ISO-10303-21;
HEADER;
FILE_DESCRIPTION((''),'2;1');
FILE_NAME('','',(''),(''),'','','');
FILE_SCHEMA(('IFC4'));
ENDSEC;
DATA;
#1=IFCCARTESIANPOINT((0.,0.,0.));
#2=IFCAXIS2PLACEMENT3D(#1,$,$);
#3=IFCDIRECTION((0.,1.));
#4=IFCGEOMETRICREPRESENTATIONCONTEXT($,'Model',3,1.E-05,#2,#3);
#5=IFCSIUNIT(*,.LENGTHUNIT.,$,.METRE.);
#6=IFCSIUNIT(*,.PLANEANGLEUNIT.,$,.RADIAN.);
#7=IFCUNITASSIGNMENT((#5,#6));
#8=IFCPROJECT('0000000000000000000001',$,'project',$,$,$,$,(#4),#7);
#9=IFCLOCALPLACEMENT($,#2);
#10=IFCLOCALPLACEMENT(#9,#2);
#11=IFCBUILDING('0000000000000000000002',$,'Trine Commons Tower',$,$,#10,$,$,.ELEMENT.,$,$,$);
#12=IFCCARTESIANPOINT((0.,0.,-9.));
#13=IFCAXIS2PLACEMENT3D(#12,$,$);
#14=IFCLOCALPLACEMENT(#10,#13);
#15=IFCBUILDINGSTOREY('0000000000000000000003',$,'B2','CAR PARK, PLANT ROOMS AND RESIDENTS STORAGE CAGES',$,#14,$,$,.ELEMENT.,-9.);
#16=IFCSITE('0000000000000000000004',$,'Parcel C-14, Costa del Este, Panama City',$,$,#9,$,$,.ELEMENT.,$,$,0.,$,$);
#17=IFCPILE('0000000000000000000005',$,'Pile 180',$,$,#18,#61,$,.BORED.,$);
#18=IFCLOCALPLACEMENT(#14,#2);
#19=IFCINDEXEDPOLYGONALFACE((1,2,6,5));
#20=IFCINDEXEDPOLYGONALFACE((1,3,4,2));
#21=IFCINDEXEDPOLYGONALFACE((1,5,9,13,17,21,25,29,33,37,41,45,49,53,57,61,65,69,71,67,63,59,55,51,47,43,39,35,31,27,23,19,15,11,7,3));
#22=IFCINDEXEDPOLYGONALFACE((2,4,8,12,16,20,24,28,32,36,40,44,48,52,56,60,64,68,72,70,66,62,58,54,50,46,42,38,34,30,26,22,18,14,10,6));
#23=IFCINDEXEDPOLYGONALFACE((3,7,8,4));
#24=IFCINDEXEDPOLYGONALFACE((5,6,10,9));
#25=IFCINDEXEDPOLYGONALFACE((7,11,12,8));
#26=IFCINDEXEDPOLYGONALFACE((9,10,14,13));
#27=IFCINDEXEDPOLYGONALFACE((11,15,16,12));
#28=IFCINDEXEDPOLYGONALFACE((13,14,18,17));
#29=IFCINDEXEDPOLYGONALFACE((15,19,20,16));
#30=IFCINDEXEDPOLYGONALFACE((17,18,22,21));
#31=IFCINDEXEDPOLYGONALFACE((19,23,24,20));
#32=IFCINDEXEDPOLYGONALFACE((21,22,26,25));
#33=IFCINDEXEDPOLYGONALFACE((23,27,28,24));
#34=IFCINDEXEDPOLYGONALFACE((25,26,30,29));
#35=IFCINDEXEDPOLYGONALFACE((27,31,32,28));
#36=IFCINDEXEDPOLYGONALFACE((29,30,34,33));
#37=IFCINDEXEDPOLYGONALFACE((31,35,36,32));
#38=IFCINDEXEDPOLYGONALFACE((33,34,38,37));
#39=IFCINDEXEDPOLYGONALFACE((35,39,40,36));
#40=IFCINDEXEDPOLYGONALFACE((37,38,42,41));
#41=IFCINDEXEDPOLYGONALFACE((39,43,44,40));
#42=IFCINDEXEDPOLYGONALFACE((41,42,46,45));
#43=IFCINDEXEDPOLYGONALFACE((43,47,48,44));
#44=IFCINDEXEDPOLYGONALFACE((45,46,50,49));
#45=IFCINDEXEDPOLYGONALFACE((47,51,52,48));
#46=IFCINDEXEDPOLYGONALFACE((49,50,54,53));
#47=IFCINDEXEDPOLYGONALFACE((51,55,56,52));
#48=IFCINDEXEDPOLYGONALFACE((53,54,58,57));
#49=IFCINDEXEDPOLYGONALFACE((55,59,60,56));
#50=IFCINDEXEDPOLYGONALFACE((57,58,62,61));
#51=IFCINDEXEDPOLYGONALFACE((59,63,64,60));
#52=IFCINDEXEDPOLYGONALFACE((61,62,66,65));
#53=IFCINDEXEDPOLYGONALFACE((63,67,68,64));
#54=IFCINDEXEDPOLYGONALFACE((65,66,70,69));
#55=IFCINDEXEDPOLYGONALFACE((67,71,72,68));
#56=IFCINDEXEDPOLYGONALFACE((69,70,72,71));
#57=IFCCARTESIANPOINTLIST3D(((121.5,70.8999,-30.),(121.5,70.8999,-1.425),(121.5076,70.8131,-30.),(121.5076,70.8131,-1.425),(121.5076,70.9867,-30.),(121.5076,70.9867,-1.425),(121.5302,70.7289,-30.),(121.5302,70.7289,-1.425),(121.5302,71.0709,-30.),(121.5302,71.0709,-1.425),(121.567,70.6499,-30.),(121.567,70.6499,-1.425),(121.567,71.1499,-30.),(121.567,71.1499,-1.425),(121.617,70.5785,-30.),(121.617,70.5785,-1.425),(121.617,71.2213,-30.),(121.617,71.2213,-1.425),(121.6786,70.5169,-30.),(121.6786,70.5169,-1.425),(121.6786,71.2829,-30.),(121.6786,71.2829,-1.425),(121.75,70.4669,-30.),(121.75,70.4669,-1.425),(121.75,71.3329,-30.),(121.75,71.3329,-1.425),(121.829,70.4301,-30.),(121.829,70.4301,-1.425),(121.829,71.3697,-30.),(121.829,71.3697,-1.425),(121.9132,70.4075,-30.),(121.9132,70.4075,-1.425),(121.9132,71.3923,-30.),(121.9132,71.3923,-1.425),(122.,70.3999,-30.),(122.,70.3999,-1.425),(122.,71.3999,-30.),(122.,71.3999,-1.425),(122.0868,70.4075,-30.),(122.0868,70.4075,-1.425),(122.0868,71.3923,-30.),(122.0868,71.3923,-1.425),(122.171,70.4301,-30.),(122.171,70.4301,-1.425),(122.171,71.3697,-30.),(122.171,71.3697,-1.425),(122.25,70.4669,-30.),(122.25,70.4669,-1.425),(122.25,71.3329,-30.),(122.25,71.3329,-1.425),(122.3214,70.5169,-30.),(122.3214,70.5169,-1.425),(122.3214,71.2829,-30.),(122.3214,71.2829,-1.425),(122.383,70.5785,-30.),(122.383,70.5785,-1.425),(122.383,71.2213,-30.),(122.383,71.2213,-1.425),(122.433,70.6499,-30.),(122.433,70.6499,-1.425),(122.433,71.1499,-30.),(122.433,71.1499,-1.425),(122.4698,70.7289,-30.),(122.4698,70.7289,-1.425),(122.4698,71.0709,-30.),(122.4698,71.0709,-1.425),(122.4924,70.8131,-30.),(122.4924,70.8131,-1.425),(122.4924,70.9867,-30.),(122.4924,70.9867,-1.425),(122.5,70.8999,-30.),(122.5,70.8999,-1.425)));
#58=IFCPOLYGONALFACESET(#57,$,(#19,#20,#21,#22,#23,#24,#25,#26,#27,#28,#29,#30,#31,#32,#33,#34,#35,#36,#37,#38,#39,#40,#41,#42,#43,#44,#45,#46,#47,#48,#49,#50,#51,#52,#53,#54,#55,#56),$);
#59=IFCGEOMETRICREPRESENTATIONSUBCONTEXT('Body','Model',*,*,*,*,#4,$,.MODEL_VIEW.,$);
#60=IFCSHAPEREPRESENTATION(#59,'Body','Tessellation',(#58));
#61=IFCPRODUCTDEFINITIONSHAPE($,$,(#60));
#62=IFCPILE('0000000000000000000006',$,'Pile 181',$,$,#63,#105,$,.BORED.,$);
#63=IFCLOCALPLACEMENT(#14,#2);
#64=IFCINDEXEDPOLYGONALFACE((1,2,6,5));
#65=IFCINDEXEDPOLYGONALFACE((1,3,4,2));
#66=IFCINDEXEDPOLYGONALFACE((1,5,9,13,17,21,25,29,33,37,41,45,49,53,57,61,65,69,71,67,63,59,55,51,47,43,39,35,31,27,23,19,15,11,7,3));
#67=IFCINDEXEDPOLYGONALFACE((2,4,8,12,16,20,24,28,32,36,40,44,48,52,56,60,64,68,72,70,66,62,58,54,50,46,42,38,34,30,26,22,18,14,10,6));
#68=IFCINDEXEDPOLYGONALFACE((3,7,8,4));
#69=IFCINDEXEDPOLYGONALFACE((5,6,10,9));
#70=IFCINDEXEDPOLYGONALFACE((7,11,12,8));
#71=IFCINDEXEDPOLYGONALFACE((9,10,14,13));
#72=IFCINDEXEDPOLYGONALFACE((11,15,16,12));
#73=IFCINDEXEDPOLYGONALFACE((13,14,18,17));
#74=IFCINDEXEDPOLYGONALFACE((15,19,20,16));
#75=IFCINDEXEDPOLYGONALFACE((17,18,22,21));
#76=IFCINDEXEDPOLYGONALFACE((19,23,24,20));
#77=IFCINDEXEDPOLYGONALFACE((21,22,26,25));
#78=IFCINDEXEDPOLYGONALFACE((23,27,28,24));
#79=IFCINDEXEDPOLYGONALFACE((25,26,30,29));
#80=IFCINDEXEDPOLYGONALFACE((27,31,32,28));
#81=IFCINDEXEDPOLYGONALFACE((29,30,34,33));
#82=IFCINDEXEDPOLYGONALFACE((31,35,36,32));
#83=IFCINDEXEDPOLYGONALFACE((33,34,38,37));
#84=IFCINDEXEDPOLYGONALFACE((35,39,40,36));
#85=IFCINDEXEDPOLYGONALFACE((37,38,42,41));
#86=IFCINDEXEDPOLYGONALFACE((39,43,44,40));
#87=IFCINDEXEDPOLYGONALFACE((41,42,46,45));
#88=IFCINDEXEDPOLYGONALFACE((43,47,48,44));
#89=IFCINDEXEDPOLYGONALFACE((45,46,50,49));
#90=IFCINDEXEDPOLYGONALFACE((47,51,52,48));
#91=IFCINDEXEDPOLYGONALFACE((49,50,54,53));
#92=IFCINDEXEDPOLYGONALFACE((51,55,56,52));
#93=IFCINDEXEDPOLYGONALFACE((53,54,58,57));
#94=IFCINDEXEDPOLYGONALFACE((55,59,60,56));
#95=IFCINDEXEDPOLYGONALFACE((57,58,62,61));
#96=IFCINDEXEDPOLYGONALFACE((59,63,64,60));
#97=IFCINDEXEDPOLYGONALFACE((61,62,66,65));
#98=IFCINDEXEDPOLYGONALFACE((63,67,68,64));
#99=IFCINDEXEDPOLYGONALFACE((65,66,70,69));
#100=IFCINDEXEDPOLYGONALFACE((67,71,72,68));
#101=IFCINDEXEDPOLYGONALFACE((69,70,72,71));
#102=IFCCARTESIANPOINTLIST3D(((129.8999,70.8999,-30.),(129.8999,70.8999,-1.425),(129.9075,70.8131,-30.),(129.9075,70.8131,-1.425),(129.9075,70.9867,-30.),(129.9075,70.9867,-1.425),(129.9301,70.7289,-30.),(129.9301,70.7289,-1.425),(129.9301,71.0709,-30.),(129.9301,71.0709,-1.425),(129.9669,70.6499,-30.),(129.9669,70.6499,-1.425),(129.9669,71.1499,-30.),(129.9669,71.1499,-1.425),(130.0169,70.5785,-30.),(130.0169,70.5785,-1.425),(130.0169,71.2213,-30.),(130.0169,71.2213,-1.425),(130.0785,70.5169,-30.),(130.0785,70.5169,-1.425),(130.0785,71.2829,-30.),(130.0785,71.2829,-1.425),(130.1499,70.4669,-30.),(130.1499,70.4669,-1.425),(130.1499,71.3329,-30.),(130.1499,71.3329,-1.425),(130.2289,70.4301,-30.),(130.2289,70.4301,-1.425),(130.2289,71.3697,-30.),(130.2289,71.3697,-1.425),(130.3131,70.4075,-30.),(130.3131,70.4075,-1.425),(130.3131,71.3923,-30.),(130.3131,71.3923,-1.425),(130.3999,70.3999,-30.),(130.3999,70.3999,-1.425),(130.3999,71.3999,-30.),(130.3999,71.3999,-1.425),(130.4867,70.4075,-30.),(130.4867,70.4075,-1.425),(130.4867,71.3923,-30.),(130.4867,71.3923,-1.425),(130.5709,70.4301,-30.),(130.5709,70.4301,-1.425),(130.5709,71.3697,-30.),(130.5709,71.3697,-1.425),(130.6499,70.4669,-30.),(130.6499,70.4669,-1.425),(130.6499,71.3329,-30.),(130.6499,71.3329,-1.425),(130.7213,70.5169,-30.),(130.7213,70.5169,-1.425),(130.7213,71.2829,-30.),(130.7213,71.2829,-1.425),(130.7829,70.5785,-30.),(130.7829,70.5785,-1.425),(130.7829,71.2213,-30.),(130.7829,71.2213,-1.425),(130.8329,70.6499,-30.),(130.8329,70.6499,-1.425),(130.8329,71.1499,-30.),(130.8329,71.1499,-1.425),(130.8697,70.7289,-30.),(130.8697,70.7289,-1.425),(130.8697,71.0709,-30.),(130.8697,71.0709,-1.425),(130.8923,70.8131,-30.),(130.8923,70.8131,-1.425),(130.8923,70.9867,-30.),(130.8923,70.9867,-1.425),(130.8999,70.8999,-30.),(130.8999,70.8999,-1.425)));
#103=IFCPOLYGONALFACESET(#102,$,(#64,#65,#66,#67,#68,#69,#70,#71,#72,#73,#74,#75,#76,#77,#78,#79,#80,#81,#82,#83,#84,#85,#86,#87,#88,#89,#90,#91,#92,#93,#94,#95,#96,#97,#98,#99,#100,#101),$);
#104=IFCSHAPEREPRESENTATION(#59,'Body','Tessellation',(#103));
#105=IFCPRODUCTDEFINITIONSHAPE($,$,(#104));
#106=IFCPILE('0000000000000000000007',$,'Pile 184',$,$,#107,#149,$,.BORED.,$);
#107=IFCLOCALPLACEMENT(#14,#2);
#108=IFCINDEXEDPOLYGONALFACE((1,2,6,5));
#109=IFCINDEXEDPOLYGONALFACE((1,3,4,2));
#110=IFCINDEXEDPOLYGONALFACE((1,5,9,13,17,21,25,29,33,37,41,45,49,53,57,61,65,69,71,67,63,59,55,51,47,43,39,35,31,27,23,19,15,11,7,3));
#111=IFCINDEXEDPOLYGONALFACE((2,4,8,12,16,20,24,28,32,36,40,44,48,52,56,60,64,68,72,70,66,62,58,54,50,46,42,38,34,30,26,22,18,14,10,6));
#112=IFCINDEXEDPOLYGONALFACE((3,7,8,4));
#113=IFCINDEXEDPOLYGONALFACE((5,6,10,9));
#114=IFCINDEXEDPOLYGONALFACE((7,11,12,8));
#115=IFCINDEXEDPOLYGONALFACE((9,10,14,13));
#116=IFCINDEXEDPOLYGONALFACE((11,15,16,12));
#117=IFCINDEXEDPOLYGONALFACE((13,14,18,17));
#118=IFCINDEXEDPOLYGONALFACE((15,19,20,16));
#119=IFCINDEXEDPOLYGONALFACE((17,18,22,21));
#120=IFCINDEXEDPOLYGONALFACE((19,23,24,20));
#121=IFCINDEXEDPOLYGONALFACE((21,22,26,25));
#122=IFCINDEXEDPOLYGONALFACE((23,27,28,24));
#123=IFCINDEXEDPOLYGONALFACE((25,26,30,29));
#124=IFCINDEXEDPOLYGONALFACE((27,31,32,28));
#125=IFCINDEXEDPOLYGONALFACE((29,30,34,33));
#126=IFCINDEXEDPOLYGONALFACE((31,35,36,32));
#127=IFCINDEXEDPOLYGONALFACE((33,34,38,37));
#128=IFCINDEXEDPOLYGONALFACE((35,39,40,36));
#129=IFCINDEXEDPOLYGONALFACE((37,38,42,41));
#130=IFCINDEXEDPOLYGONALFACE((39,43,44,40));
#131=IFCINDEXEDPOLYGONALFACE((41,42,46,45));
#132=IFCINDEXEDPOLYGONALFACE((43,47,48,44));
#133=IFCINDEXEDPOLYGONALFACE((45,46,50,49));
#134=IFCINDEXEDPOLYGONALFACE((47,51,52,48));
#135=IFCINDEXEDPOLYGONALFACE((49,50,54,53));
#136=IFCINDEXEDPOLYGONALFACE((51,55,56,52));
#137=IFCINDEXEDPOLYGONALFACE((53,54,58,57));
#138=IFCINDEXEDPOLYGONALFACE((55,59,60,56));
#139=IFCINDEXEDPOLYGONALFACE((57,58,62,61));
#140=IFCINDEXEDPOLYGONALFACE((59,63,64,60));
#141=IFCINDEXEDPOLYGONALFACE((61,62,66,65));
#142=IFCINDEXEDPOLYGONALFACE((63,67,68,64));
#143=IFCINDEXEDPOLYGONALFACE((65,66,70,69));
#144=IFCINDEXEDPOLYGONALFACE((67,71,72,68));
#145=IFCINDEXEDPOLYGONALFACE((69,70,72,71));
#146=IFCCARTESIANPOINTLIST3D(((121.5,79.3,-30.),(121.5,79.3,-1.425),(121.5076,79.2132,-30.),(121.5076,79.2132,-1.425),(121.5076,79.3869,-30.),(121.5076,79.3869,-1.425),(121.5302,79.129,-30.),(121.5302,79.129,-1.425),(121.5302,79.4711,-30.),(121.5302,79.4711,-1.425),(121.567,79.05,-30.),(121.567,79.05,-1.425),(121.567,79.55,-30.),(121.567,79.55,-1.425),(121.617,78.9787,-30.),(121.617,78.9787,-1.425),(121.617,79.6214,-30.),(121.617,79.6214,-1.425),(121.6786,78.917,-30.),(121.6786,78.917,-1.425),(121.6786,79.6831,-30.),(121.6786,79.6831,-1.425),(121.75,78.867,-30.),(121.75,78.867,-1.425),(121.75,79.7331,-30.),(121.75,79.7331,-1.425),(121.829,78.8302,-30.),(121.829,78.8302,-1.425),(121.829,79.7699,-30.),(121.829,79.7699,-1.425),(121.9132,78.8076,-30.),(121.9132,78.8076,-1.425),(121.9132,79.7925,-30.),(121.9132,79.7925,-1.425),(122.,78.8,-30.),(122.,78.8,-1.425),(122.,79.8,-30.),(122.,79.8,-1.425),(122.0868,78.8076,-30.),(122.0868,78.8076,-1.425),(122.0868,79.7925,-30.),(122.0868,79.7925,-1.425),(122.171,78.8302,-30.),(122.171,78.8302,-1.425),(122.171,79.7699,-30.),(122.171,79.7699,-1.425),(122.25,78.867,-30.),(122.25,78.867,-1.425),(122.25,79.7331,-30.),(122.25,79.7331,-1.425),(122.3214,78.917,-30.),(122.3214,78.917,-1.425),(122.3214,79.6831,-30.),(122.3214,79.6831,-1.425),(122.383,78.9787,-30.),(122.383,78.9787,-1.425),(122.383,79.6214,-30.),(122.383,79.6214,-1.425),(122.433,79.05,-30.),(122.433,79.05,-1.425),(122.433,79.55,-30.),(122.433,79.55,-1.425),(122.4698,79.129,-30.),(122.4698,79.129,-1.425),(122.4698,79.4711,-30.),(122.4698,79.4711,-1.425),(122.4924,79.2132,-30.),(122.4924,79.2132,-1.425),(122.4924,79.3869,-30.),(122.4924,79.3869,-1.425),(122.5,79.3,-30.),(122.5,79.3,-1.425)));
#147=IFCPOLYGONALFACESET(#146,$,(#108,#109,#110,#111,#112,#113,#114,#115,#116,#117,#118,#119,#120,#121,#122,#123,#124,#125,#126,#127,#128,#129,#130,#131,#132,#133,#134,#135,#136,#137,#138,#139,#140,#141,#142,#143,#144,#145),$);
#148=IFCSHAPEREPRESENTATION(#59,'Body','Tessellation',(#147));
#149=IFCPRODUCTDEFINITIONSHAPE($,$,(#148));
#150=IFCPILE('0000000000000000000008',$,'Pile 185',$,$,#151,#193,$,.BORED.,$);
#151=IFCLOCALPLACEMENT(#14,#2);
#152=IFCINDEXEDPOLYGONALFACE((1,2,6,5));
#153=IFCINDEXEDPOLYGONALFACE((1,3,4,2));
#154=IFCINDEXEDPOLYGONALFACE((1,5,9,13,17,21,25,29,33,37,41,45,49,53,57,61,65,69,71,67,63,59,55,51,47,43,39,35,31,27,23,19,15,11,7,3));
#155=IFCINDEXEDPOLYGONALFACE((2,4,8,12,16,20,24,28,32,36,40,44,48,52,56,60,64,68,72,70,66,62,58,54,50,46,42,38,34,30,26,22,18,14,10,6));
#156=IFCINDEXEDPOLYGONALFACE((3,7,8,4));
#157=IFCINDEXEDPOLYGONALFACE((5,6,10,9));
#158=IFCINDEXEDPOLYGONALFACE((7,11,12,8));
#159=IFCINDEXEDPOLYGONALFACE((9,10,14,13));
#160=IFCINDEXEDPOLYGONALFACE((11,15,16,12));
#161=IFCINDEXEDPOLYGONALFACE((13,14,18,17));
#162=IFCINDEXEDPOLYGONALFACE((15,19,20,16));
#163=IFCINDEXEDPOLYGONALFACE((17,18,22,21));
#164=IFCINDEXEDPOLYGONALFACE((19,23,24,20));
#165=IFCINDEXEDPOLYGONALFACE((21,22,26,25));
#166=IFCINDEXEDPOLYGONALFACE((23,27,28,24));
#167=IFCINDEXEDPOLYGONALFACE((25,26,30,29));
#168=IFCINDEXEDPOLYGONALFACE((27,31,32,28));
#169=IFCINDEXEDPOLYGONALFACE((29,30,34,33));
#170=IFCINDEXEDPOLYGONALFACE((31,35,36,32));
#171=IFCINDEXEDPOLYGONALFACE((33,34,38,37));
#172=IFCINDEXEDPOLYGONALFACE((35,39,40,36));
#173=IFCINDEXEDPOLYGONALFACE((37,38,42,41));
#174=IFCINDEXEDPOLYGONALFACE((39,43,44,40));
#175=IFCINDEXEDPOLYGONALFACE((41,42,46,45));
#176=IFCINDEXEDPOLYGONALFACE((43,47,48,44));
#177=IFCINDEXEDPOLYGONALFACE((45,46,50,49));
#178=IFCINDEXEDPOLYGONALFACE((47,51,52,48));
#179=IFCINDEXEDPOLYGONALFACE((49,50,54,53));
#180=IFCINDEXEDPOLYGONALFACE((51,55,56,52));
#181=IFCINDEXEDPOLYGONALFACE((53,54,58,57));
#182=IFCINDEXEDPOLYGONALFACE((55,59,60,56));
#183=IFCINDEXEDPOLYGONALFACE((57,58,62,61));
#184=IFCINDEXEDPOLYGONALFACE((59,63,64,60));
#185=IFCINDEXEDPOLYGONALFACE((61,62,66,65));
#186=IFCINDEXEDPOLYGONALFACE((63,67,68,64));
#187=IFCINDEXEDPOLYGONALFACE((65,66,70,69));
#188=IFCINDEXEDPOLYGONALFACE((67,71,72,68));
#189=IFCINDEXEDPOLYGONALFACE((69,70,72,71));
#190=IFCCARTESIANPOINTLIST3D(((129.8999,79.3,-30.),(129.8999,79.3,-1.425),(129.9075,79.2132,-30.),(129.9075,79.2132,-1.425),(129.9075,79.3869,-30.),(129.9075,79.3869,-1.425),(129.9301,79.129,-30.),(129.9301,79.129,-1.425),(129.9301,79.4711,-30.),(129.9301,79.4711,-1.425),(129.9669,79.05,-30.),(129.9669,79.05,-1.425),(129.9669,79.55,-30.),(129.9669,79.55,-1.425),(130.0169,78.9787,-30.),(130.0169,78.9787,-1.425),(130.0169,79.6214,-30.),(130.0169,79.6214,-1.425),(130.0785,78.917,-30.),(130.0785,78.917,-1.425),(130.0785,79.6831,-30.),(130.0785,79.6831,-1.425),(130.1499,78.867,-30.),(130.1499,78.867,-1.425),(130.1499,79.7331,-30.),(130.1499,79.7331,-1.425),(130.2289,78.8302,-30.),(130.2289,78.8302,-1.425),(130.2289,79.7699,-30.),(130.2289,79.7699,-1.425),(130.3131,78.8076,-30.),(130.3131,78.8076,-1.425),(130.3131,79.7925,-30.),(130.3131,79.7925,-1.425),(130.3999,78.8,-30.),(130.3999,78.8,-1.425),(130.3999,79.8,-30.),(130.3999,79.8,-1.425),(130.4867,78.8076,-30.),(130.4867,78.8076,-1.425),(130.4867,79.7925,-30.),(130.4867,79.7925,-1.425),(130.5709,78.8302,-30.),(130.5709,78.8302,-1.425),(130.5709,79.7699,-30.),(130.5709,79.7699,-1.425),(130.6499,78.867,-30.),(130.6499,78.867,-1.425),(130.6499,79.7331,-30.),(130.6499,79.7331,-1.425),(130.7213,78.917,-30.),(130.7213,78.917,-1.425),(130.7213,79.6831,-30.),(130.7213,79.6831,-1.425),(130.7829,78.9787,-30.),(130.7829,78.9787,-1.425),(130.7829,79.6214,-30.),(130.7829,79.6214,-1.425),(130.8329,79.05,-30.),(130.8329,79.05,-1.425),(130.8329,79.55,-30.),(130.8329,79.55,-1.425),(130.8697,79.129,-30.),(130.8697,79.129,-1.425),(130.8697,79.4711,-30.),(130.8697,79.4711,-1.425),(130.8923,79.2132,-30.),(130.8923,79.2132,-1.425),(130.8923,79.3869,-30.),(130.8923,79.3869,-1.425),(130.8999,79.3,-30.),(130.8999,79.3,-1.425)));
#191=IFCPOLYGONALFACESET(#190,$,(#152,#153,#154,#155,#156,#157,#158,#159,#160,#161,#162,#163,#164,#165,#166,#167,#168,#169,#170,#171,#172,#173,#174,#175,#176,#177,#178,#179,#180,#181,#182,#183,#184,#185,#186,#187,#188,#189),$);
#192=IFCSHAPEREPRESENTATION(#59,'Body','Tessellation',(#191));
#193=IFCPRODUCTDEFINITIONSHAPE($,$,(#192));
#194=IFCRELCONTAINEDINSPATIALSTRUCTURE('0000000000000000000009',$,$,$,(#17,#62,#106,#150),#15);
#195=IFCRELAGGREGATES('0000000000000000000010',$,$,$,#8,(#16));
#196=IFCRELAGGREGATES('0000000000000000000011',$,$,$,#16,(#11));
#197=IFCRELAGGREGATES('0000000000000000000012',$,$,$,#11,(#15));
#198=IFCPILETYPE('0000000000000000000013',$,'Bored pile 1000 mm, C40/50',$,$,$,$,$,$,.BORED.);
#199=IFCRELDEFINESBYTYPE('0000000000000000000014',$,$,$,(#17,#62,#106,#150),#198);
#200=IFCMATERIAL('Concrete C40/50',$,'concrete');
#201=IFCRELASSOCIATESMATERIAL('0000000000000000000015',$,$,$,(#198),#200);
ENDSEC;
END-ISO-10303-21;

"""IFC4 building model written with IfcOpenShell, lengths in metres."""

from ifc_helpers import new_model, si_unit, direction, frame, origin, origin_2d, place, context, subcontext, project, spatial, circle, extrude, material, type_object, element, save


model = new_model("IFC4")

# Units and contexts
model_context = context("Model", 3, precision=1e-05, world=origin(), true_north=direction((0.0, 1.0)))
body_context = subcontext(model_context, "Body", "Model", "MODEL_VIEW")
ifc_project = project(units=[si_unit("LENGTHUNIT", "METRE"), si_unit("PLANEANGLEUNIT", "RADIAN")], contexts=[model_context])

# Site, building, storey
site_placement = place(None, origin())
site = spatial("IfcSite", under=ifc_project, at=site_placement, Name="Parcel C-14, Costa del Este, Panama City", CompositionType="ELEMENT", RefElevation=0.0)
building_placement = place(site_placement, origin())
building = spatial("IfcBuilding", under=site, at=building_placement, Name="Trine Commons Tower", CompositionType="ELEMENT")
storey_placement = place(building_placement, frame((0.0, 0.0, -9.0)))
storey = spatial("IfcBuildingStorey", under=building, at=storey_placement, Name="B2", Description="CAR PARK, PLANT ROOMS AND RESIDENTS STORAGE CAGES", CompositionType="ELEMENT", Elevation=-9.0)

# Piles
ifc_material_1 = material(Name="Concrete C40/50", Category="concrete")
pile_type_1 = type_object("IfcPileType", Name="Bored pile 1000 mm, C40/50", PredefinedType="BORED", material=ifc_material_1)
for number, where, z_axis, x_axis, name in (
    (1, (122.0, 70.8999, -1.425), (0.0, 0.0, -1.0), (1.0, 0.0, 0.0), "Pile 180"),
    (2, (130.3999, 70.8999, -1.425), (0.0, 0.0, -1.0), (1.0, 0.0, 0.0), "Pile 181"),
    (3, (122.0, 79.3, -1.425), (0.0, 0.0, -1.0), (1.0, 0.0, 0.0), "Pile 184"),
    (4, (130.3999, 79.3, -1.425), (0.0, 0.0, -1.0), (1.0, 0.0, 0.0), "Pile 185"),
):
    element("IfcPile", number, at=place(storey_placement, frame(where, z_axis=z_axis, x_axis=x_axis)), inside=storey, type_object=pile_type_1, Name=name, PredefinedType="BORED", context=body_context, shape_type="SweptSolid", body=[
        extrude(circle(Radius=0.5, at=origin_2d()), origin(), (0.0, 0.0, 1.0), 28.575),
    ])

save(model, "model.ifc")
